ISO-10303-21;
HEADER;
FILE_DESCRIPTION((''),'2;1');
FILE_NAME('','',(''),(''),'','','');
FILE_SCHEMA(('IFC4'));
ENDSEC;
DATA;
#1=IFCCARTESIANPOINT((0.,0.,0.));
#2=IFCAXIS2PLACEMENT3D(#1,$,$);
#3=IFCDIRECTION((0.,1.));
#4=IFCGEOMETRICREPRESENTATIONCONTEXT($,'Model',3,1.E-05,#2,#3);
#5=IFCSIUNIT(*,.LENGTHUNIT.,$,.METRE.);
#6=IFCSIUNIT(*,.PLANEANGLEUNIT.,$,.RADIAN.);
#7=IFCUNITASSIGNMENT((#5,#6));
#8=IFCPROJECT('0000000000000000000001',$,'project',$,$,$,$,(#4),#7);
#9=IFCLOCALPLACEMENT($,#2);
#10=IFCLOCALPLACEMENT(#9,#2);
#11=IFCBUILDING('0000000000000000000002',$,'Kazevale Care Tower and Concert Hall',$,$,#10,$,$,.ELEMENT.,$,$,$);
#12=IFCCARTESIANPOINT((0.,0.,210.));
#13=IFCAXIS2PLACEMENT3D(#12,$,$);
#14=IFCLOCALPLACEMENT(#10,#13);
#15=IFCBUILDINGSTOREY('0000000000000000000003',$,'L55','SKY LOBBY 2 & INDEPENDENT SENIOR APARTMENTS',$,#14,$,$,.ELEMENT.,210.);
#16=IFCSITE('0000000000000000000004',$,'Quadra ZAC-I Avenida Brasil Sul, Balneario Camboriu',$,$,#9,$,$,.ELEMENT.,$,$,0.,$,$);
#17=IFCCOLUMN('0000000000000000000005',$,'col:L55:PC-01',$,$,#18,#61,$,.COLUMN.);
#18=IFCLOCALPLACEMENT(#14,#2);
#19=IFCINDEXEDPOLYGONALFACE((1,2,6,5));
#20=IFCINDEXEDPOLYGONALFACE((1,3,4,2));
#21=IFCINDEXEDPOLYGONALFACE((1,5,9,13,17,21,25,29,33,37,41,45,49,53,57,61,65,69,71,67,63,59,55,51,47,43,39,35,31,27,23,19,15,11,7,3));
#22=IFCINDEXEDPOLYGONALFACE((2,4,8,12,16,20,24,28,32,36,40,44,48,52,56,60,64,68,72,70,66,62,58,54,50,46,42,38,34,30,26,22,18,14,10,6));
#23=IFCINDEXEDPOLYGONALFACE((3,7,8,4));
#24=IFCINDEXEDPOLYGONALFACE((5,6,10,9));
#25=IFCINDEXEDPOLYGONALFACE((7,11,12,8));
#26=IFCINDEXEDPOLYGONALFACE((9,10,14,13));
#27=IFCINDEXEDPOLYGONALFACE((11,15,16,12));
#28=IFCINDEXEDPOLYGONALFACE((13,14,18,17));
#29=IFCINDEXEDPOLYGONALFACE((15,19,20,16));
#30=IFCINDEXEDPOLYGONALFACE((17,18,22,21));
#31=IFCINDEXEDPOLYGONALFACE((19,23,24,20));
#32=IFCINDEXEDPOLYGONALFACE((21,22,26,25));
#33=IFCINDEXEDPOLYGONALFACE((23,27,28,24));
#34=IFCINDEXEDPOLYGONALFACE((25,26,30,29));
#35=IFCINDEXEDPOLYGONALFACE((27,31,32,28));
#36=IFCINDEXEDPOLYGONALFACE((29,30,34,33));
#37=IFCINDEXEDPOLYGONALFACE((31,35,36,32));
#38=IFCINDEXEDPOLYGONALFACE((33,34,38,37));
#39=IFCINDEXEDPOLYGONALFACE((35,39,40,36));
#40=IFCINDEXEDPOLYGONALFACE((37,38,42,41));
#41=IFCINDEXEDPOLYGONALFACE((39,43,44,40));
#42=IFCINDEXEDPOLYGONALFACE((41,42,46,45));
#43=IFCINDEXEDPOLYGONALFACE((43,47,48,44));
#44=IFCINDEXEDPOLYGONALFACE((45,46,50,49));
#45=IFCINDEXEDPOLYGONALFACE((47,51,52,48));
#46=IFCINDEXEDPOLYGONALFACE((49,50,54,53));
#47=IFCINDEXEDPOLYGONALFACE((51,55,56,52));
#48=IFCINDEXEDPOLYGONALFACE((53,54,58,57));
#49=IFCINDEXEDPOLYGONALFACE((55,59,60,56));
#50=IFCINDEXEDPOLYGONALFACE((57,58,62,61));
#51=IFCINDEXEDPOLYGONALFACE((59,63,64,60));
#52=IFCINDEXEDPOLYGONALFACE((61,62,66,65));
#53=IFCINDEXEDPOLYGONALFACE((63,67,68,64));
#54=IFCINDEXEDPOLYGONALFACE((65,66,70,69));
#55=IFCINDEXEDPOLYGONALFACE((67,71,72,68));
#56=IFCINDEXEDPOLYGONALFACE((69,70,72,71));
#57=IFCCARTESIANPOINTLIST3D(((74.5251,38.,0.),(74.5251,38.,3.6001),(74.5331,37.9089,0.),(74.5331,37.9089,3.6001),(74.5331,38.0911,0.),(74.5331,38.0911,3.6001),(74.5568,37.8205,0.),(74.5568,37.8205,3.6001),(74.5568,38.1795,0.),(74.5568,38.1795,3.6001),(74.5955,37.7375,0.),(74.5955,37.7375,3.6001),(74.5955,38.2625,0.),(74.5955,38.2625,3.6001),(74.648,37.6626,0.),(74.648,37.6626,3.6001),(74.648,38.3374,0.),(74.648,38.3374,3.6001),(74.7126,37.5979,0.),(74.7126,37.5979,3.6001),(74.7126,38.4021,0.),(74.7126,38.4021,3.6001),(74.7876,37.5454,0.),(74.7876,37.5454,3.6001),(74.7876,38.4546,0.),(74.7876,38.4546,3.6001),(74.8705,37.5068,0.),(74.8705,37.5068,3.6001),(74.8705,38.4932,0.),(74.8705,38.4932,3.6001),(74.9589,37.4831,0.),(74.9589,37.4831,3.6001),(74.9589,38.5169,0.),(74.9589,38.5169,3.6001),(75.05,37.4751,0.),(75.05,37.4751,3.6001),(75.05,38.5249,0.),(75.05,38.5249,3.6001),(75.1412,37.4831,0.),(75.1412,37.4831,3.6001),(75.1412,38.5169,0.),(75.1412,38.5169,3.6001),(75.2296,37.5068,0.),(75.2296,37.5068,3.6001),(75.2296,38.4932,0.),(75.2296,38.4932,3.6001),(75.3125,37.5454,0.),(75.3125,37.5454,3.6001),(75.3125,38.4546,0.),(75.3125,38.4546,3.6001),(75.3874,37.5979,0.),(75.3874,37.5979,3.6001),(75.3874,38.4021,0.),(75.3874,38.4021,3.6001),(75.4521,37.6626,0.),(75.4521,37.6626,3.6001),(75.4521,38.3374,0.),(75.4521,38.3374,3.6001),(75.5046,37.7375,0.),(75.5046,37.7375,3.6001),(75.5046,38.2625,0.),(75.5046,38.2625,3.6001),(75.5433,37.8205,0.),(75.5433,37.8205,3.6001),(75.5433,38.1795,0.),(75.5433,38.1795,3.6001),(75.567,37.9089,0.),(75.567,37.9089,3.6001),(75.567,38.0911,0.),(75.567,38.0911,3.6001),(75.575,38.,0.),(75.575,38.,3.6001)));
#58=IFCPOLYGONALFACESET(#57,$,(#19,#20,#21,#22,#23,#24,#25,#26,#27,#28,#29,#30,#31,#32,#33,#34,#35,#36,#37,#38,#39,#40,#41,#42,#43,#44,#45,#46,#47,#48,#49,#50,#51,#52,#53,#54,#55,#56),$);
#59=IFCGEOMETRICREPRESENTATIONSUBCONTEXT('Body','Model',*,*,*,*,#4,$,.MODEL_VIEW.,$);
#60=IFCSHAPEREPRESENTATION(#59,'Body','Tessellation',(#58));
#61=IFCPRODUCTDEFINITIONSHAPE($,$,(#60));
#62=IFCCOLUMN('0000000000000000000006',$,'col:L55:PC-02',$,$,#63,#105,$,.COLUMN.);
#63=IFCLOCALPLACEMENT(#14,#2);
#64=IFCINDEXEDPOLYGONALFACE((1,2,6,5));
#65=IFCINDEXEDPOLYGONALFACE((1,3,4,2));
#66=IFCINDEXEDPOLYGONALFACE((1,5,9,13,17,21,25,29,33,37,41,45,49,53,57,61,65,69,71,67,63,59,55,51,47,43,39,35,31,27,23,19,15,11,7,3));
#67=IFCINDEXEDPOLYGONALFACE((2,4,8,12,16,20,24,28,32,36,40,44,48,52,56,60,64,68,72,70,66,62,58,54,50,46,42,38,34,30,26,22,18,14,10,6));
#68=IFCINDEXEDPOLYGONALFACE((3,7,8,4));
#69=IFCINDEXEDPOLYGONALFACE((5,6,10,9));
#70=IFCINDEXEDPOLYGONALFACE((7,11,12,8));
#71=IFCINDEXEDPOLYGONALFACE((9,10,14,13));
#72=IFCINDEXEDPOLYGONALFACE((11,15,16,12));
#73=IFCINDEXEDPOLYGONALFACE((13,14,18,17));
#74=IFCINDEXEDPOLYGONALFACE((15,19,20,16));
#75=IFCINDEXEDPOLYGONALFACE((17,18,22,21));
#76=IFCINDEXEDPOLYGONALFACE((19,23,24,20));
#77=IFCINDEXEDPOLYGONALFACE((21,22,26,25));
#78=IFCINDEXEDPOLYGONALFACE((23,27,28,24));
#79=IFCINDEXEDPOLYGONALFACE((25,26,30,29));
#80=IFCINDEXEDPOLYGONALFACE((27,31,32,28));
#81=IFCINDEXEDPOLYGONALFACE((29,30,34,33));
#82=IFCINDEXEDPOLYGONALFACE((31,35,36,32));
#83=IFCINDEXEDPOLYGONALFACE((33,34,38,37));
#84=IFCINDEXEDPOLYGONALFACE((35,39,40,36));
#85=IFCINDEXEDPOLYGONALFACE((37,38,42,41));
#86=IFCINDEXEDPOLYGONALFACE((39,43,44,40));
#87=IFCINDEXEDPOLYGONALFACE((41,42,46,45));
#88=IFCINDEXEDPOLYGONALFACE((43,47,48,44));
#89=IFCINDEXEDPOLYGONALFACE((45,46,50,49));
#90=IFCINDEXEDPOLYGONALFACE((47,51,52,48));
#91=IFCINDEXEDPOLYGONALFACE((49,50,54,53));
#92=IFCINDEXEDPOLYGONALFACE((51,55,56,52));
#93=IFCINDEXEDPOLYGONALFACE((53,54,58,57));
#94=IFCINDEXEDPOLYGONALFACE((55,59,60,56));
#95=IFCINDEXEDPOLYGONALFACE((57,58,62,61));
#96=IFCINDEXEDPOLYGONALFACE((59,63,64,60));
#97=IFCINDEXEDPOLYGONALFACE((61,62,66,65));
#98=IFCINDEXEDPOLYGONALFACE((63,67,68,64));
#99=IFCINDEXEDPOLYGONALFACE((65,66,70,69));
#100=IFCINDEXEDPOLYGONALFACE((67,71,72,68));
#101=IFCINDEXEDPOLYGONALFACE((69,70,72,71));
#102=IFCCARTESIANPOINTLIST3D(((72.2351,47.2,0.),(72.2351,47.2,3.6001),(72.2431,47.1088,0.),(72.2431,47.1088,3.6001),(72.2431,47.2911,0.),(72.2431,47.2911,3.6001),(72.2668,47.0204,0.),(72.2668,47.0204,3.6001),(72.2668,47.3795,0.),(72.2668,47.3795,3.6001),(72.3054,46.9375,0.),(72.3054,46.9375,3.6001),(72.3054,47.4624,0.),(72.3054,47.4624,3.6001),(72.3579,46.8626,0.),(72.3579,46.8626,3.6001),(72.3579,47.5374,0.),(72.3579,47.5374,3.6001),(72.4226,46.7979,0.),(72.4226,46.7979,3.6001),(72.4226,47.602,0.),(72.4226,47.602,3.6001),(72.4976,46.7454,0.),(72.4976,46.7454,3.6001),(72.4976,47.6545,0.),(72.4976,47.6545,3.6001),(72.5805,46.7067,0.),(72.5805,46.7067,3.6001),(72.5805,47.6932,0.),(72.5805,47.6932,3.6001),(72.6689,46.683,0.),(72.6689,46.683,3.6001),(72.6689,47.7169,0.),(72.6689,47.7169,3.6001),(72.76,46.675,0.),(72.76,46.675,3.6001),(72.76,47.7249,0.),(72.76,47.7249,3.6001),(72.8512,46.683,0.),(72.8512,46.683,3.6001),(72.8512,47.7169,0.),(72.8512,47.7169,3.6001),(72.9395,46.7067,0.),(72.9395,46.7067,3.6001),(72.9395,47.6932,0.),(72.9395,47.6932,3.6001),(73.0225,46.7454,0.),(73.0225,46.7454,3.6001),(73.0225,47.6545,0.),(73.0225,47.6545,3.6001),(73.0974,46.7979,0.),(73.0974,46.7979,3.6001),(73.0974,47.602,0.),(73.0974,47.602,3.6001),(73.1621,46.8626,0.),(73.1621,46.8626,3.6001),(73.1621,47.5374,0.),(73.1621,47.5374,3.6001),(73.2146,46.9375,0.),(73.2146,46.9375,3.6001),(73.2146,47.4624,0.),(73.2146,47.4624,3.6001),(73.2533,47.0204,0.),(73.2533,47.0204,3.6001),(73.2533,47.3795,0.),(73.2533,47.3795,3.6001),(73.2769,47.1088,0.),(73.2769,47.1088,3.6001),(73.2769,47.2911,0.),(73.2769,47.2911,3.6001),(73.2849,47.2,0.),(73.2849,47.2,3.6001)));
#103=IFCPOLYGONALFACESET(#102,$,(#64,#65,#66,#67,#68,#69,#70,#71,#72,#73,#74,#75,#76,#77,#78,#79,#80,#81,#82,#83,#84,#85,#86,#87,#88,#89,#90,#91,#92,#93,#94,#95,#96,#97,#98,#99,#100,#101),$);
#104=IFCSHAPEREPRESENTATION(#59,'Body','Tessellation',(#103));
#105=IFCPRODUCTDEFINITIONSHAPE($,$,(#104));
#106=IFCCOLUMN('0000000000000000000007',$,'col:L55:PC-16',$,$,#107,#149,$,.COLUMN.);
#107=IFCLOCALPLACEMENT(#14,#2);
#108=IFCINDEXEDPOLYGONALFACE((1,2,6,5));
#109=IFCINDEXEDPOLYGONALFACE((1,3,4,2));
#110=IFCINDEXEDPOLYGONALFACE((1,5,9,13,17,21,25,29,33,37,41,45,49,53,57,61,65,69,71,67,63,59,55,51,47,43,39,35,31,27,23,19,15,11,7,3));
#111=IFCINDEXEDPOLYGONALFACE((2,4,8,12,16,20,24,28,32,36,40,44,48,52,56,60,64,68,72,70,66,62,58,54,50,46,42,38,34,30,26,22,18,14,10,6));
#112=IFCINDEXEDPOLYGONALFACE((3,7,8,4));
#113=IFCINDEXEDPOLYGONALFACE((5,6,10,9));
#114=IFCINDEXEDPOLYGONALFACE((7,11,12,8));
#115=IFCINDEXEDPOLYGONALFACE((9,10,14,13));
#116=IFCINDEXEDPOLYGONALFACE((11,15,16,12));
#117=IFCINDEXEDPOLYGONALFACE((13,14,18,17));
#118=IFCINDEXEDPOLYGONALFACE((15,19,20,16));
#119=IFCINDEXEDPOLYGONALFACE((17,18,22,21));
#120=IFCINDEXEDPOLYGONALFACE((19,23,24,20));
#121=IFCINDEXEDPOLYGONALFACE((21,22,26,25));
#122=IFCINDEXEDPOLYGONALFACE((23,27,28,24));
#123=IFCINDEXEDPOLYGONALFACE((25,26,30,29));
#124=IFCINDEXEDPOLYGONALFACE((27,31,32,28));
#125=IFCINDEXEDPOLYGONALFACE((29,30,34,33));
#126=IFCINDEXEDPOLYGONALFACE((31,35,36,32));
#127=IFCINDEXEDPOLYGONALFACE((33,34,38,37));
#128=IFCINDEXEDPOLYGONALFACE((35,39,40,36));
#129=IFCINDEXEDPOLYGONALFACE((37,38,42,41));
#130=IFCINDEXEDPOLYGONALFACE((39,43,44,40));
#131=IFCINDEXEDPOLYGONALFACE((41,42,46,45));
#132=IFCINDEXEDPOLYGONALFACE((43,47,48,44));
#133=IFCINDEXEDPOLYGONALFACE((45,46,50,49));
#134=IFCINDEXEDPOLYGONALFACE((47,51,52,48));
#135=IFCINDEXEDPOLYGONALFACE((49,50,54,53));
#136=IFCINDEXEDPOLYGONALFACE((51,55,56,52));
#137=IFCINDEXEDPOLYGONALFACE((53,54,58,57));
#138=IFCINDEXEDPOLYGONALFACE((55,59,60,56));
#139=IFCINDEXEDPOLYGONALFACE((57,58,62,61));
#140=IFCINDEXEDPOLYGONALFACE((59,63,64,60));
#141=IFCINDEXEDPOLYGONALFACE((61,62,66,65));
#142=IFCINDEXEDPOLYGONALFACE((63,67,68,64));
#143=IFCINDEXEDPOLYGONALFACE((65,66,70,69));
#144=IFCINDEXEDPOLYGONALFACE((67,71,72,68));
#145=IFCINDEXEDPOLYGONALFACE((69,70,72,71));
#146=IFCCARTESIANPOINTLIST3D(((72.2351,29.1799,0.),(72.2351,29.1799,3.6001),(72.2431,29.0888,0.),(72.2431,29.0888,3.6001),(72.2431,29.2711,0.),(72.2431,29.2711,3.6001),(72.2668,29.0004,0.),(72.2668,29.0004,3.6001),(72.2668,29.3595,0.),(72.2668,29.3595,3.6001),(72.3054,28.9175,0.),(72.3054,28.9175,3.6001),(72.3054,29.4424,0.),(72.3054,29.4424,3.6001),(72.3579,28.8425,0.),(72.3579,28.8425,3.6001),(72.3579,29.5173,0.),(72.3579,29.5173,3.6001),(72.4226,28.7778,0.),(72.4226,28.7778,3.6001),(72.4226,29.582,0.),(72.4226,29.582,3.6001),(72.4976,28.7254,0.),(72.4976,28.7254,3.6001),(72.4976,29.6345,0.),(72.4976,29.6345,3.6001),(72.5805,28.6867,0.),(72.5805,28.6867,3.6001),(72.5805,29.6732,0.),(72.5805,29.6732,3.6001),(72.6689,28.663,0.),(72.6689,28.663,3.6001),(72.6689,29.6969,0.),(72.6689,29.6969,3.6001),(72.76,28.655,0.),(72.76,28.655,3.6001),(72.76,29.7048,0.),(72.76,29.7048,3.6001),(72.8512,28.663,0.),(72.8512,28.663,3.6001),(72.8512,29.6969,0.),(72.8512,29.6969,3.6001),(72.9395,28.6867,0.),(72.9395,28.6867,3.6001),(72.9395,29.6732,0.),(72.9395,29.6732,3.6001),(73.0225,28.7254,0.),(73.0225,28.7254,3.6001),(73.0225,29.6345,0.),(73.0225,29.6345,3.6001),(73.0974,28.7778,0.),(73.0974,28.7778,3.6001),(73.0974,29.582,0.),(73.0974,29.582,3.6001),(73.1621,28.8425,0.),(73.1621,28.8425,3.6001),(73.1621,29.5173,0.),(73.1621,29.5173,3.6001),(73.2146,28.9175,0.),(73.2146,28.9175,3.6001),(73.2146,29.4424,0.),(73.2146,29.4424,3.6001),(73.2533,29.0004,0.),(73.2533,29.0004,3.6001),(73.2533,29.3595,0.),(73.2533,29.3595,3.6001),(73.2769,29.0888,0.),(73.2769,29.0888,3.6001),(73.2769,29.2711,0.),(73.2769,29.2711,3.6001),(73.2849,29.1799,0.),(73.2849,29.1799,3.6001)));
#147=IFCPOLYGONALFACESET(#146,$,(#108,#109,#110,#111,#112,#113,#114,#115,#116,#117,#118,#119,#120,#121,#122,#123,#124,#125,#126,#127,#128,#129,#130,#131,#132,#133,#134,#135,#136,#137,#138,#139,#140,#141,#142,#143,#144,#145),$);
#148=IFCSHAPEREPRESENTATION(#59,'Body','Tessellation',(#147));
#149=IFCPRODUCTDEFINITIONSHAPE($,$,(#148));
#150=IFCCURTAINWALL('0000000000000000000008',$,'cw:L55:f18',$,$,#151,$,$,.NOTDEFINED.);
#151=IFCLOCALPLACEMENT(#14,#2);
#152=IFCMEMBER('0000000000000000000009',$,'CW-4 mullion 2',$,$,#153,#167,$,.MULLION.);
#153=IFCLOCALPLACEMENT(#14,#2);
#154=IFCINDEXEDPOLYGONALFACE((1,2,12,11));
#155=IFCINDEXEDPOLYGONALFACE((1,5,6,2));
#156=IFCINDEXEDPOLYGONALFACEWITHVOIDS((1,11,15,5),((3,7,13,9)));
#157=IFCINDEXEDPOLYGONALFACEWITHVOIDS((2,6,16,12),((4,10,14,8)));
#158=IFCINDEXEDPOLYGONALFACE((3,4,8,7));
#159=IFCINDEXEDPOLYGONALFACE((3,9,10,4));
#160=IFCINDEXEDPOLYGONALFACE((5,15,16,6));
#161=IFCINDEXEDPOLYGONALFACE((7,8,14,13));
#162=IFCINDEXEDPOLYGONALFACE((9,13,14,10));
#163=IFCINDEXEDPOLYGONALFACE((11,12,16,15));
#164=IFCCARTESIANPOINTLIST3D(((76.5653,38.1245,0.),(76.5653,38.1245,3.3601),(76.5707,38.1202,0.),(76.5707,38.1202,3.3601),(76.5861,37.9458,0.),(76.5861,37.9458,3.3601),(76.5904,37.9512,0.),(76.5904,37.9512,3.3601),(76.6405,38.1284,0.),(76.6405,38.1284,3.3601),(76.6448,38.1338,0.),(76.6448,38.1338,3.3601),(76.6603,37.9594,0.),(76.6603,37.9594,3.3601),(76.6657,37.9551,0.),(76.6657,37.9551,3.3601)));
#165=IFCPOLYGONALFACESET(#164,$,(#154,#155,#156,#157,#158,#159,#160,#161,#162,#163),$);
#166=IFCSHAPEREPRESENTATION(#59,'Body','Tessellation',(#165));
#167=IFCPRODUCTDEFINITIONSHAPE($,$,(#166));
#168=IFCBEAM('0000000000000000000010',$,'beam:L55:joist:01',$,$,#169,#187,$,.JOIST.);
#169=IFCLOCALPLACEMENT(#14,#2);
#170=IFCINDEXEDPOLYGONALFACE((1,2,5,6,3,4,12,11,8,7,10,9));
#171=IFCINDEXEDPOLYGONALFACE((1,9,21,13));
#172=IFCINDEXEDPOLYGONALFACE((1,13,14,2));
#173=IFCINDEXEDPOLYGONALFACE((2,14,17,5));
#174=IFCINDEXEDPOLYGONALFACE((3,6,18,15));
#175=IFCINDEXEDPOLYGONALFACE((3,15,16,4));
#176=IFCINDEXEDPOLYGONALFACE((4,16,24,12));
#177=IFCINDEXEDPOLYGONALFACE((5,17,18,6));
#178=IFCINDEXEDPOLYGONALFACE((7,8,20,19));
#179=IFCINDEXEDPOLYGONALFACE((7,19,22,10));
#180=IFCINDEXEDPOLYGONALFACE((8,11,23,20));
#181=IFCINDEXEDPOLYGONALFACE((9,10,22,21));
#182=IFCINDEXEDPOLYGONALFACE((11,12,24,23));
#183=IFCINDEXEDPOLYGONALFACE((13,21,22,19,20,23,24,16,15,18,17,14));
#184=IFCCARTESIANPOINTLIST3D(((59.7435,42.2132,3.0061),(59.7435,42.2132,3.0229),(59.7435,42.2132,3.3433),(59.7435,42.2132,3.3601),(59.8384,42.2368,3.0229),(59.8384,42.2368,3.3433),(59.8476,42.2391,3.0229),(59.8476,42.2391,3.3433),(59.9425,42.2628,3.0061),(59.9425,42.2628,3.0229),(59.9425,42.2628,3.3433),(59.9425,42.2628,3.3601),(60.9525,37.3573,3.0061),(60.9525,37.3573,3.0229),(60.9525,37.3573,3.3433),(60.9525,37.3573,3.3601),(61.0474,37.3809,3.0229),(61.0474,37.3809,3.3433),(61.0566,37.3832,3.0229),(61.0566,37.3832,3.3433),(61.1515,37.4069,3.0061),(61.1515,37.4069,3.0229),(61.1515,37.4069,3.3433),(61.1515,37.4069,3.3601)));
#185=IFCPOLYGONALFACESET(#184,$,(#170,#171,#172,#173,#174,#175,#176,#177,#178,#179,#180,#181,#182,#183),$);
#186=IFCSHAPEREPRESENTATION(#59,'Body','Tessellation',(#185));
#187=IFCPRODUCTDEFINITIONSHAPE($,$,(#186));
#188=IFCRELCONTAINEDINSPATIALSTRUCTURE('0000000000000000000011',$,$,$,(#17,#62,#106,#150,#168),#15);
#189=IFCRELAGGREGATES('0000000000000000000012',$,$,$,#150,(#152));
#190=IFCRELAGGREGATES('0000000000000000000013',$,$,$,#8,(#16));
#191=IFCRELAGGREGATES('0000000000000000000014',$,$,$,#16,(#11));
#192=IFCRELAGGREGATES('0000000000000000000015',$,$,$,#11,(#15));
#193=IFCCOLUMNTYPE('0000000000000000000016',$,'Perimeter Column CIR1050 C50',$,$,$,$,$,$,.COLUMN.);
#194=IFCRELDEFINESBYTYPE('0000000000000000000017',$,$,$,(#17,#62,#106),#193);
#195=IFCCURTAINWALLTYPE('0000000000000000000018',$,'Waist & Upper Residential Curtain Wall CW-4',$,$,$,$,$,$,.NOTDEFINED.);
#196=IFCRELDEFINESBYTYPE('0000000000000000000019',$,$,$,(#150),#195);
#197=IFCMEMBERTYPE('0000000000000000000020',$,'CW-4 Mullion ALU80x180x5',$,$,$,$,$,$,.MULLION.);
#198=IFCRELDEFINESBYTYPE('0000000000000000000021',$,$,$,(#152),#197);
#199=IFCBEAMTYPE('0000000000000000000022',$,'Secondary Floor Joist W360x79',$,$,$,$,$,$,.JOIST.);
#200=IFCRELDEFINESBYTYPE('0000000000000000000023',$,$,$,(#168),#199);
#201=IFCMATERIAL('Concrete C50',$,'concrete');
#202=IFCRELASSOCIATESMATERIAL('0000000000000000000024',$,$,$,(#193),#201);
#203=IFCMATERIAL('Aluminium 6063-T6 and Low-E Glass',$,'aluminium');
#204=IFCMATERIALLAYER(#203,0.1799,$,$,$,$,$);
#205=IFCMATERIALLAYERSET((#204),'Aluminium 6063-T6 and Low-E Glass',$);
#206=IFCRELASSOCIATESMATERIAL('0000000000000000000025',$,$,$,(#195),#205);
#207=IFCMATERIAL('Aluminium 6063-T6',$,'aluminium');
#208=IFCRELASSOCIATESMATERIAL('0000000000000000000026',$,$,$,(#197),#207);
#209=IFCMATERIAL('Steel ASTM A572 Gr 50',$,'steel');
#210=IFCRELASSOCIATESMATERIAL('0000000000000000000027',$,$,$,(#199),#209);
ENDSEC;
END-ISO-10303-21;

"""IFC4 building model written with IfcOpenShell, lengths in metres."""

from ifc_helpers import new_model, si_unit, direction, frame, origin, origin_2d, place, context, subcontext, project, spatial, hollow_rectangle, circle, i_section, extrude, material, layer, layer_set, material_profile, profile_set, type_object, element, aggregate, save


model = new_model("IFC4")

# Units and contexts
model_context = context("Model", 3, precision=1e-05, world=origin(), true_north=direction((0.0, 1.0)))
body_context = subcontext(model_context, "Body", "Model", "MODEL_VIEW")
ifc_project = project(units=[si_unit("LENGTHUNIT", "METRE"), si_unit("PLANEANGLEUNIT", "RADIAN")], contexts=[model_context])

# Site, building, storey
site_placement = place(None, origin())
site = spatial("IfcSite", under=ifc_project, at=site_placement, Name="Quadra ZAC-I Avenida Brasil Sul, Balneario Camboriu", CompositionType="ELEMENT", RefElevation=0.0)
building_placement = place(site_placement, origin())
building = spatial("IfcBuilding", under=site, at=building_placement, Name="Kazevale Care Tower and Concert Hall", CompositionType="ELEMENT")
storey_placement = place(building_placement, frame((0.0, 0.0, 210.0)))
storey = spatial("IfcBuildingStorey", under=building, at=storey_placement, Name="L55", Description="SKY LOBBY 2 & INDEPENDENT SENIOR APARTMENTS", CompositionType="ELEMENT", Elevation=210.0)

# Columns
ifc_material_1 = material(Name="Concrete C50", Category="concrete")
ifc_material_profile_1 = material_profile(ifc_material_1, circle(Radius=0.5249, at=origin_2d()), Name="RC-CIR1050")
ifc_profile_set_1 = profile_set([ifc_material_profile_1], Name="Concrete C50")
column_type = type_object("IfcColumnType", Name="Perimeter Column CIR1050 C50", PredefinedType="COLUMN", material=ifc_profile_set_1)
for number, where, z_axis, x_axis, name in (
    (1, (75.05, 38.0, 0.0), (0.0, 0.0, 1.0), (1.0, 0.0, 0.0), "col:L55:PC-01"),
    (2, (72.76, 47.2, 0.0), (0.0, 0.0, 1.0), (1.0, 0.0, 0.0), "col:L55:PC-02"),
    (3, (72.76, 29.1799, 0.0), (0.0, 0.0, 1.0), (1.0, 0.0, 0.0), "col:L55:PC-16"),
):
    element("IfcColumn", number, at=place(storey_placement, frame(where, z_axis=z_axis, x_axis=x_axis)), inside=storey, type_object=column_type, Name=name, PredefinedType="COLUMN", context=body_context, shape_type="SweptSolid", body=[
        extrude(circle(Radius=0.5249, at=origin_2d()), origin(), (0.0, 0.0, 1.0), 3.6001),
    ])

# Curtain wall, member
ifc_material_2 = material(Name="Aluminium 6063-T6 and Low-E Glass", Category="aluminium")
ifc_layer_1 = layer(ifc_material_2, 0.1799)
ifc_layer_set_1 = layer_set([ifc_layer_1], Name="Aluminium 6063-T6 and Low-E Glass")
curtain_wall_type = type_object("IfcCurtainWallType", Name="Waist & Upper Residential Curtain Wall CW-4", PredefinedType="NOTDEFINED", material=ifc_layer_set_1)
curtain_wall_placement = place(storey_placement, origin())
curtain_wall = element("IfcCurtainWall", 4, at=curtain_wall_placement, inside=storey, type_object=curtain_wall_type, Name="cw:L55:f18", PredefinedType="NOTDEFINED")
ifc_material_3 = material(Name="Aluminium 6063-T6", Category="aluminium")
ifc_material_profile_2 = material_profile(ifc_material_3, hollow_rectangle(XDim=0.0801, YDim=0.1799, WallThickness=0.0049, at=origin_2d()), Name="ALU80x180x5")
ifc_profile_set_2 = profile_set([ifc_material_profile_2], Name="Aluminium 6063-T6")
member_type = type_object("IfcMemberType", Name="CW-4 Mullion ALU80x180x5", PredefinedType="MULLION", material=ifc_profile_set_2)
member_placement = place(storey_placement, frame((76.6155, 38.0398, 0.0), z_axis=(0.0, 0.0, 1.0), x_axis=(0.993267, 0.115847, 0.0)))
member = element("IfcMember", 5, at=member_placement, type_object=member_type, Name="CW-4 mullion 2", PredefinedType="MULLION", context=body_context, shape_type="SweptSolid", body=[
    extrude(hollow_rectangle(XDim=0.0801, YDim=0.1799, WallThickness=0.0049, at=origin_2d()), origin(), (0.0, 0.0, 1.0), 3.3601),
])

# Beam
ifc_material_4 = material(Name="Steel ASTM A572 Gr 50", Category="steel")
ifc_material_profile_3 = material_profile(ifc_material_4, i_section(OverallWidth=0.2051, OverallDepth=0.354, WebThickness=0.0095, FlangeThickness=0.0168, at=origin_2d()), Name="W360x79")
ifc_profile_set_3 = profile_set([ifc_material_profile_3], Name="Steel ASTM A572 Gr 50")
beam_type_1 = type_object("IfcBeamType", Name="Secondary Floor Joist W360x79", PredefinedType="JOIST", material=ifc_profile_set_3)
beam_1_placement = place(storey_placement, frame((61.052, 37.3821, 3.1831), z_axis=(-0.241594, 0.970377, 0.0), x_axis=(-0.970377, -0.241594, 0.0)))
element("IfcBeam", 6, at=beam_1_placement, inside=storey, type_object=beam_type_1, Name="beam:L55:joist:01", PredefinedType="JOIST", context=body_context, shape_type="SweptSolid", body=[
    extrude(i_section(OverallWidth=0.2051, OverallDepth=0.354, WebThickness=0.0095, FlangeThickness=0.0168, at=origin_2d()), origin(), (0.0, 0.0, 1.0), 5.0042),
])

aggregate(curtain_wall, [member])

save(model, "model.ifc")
